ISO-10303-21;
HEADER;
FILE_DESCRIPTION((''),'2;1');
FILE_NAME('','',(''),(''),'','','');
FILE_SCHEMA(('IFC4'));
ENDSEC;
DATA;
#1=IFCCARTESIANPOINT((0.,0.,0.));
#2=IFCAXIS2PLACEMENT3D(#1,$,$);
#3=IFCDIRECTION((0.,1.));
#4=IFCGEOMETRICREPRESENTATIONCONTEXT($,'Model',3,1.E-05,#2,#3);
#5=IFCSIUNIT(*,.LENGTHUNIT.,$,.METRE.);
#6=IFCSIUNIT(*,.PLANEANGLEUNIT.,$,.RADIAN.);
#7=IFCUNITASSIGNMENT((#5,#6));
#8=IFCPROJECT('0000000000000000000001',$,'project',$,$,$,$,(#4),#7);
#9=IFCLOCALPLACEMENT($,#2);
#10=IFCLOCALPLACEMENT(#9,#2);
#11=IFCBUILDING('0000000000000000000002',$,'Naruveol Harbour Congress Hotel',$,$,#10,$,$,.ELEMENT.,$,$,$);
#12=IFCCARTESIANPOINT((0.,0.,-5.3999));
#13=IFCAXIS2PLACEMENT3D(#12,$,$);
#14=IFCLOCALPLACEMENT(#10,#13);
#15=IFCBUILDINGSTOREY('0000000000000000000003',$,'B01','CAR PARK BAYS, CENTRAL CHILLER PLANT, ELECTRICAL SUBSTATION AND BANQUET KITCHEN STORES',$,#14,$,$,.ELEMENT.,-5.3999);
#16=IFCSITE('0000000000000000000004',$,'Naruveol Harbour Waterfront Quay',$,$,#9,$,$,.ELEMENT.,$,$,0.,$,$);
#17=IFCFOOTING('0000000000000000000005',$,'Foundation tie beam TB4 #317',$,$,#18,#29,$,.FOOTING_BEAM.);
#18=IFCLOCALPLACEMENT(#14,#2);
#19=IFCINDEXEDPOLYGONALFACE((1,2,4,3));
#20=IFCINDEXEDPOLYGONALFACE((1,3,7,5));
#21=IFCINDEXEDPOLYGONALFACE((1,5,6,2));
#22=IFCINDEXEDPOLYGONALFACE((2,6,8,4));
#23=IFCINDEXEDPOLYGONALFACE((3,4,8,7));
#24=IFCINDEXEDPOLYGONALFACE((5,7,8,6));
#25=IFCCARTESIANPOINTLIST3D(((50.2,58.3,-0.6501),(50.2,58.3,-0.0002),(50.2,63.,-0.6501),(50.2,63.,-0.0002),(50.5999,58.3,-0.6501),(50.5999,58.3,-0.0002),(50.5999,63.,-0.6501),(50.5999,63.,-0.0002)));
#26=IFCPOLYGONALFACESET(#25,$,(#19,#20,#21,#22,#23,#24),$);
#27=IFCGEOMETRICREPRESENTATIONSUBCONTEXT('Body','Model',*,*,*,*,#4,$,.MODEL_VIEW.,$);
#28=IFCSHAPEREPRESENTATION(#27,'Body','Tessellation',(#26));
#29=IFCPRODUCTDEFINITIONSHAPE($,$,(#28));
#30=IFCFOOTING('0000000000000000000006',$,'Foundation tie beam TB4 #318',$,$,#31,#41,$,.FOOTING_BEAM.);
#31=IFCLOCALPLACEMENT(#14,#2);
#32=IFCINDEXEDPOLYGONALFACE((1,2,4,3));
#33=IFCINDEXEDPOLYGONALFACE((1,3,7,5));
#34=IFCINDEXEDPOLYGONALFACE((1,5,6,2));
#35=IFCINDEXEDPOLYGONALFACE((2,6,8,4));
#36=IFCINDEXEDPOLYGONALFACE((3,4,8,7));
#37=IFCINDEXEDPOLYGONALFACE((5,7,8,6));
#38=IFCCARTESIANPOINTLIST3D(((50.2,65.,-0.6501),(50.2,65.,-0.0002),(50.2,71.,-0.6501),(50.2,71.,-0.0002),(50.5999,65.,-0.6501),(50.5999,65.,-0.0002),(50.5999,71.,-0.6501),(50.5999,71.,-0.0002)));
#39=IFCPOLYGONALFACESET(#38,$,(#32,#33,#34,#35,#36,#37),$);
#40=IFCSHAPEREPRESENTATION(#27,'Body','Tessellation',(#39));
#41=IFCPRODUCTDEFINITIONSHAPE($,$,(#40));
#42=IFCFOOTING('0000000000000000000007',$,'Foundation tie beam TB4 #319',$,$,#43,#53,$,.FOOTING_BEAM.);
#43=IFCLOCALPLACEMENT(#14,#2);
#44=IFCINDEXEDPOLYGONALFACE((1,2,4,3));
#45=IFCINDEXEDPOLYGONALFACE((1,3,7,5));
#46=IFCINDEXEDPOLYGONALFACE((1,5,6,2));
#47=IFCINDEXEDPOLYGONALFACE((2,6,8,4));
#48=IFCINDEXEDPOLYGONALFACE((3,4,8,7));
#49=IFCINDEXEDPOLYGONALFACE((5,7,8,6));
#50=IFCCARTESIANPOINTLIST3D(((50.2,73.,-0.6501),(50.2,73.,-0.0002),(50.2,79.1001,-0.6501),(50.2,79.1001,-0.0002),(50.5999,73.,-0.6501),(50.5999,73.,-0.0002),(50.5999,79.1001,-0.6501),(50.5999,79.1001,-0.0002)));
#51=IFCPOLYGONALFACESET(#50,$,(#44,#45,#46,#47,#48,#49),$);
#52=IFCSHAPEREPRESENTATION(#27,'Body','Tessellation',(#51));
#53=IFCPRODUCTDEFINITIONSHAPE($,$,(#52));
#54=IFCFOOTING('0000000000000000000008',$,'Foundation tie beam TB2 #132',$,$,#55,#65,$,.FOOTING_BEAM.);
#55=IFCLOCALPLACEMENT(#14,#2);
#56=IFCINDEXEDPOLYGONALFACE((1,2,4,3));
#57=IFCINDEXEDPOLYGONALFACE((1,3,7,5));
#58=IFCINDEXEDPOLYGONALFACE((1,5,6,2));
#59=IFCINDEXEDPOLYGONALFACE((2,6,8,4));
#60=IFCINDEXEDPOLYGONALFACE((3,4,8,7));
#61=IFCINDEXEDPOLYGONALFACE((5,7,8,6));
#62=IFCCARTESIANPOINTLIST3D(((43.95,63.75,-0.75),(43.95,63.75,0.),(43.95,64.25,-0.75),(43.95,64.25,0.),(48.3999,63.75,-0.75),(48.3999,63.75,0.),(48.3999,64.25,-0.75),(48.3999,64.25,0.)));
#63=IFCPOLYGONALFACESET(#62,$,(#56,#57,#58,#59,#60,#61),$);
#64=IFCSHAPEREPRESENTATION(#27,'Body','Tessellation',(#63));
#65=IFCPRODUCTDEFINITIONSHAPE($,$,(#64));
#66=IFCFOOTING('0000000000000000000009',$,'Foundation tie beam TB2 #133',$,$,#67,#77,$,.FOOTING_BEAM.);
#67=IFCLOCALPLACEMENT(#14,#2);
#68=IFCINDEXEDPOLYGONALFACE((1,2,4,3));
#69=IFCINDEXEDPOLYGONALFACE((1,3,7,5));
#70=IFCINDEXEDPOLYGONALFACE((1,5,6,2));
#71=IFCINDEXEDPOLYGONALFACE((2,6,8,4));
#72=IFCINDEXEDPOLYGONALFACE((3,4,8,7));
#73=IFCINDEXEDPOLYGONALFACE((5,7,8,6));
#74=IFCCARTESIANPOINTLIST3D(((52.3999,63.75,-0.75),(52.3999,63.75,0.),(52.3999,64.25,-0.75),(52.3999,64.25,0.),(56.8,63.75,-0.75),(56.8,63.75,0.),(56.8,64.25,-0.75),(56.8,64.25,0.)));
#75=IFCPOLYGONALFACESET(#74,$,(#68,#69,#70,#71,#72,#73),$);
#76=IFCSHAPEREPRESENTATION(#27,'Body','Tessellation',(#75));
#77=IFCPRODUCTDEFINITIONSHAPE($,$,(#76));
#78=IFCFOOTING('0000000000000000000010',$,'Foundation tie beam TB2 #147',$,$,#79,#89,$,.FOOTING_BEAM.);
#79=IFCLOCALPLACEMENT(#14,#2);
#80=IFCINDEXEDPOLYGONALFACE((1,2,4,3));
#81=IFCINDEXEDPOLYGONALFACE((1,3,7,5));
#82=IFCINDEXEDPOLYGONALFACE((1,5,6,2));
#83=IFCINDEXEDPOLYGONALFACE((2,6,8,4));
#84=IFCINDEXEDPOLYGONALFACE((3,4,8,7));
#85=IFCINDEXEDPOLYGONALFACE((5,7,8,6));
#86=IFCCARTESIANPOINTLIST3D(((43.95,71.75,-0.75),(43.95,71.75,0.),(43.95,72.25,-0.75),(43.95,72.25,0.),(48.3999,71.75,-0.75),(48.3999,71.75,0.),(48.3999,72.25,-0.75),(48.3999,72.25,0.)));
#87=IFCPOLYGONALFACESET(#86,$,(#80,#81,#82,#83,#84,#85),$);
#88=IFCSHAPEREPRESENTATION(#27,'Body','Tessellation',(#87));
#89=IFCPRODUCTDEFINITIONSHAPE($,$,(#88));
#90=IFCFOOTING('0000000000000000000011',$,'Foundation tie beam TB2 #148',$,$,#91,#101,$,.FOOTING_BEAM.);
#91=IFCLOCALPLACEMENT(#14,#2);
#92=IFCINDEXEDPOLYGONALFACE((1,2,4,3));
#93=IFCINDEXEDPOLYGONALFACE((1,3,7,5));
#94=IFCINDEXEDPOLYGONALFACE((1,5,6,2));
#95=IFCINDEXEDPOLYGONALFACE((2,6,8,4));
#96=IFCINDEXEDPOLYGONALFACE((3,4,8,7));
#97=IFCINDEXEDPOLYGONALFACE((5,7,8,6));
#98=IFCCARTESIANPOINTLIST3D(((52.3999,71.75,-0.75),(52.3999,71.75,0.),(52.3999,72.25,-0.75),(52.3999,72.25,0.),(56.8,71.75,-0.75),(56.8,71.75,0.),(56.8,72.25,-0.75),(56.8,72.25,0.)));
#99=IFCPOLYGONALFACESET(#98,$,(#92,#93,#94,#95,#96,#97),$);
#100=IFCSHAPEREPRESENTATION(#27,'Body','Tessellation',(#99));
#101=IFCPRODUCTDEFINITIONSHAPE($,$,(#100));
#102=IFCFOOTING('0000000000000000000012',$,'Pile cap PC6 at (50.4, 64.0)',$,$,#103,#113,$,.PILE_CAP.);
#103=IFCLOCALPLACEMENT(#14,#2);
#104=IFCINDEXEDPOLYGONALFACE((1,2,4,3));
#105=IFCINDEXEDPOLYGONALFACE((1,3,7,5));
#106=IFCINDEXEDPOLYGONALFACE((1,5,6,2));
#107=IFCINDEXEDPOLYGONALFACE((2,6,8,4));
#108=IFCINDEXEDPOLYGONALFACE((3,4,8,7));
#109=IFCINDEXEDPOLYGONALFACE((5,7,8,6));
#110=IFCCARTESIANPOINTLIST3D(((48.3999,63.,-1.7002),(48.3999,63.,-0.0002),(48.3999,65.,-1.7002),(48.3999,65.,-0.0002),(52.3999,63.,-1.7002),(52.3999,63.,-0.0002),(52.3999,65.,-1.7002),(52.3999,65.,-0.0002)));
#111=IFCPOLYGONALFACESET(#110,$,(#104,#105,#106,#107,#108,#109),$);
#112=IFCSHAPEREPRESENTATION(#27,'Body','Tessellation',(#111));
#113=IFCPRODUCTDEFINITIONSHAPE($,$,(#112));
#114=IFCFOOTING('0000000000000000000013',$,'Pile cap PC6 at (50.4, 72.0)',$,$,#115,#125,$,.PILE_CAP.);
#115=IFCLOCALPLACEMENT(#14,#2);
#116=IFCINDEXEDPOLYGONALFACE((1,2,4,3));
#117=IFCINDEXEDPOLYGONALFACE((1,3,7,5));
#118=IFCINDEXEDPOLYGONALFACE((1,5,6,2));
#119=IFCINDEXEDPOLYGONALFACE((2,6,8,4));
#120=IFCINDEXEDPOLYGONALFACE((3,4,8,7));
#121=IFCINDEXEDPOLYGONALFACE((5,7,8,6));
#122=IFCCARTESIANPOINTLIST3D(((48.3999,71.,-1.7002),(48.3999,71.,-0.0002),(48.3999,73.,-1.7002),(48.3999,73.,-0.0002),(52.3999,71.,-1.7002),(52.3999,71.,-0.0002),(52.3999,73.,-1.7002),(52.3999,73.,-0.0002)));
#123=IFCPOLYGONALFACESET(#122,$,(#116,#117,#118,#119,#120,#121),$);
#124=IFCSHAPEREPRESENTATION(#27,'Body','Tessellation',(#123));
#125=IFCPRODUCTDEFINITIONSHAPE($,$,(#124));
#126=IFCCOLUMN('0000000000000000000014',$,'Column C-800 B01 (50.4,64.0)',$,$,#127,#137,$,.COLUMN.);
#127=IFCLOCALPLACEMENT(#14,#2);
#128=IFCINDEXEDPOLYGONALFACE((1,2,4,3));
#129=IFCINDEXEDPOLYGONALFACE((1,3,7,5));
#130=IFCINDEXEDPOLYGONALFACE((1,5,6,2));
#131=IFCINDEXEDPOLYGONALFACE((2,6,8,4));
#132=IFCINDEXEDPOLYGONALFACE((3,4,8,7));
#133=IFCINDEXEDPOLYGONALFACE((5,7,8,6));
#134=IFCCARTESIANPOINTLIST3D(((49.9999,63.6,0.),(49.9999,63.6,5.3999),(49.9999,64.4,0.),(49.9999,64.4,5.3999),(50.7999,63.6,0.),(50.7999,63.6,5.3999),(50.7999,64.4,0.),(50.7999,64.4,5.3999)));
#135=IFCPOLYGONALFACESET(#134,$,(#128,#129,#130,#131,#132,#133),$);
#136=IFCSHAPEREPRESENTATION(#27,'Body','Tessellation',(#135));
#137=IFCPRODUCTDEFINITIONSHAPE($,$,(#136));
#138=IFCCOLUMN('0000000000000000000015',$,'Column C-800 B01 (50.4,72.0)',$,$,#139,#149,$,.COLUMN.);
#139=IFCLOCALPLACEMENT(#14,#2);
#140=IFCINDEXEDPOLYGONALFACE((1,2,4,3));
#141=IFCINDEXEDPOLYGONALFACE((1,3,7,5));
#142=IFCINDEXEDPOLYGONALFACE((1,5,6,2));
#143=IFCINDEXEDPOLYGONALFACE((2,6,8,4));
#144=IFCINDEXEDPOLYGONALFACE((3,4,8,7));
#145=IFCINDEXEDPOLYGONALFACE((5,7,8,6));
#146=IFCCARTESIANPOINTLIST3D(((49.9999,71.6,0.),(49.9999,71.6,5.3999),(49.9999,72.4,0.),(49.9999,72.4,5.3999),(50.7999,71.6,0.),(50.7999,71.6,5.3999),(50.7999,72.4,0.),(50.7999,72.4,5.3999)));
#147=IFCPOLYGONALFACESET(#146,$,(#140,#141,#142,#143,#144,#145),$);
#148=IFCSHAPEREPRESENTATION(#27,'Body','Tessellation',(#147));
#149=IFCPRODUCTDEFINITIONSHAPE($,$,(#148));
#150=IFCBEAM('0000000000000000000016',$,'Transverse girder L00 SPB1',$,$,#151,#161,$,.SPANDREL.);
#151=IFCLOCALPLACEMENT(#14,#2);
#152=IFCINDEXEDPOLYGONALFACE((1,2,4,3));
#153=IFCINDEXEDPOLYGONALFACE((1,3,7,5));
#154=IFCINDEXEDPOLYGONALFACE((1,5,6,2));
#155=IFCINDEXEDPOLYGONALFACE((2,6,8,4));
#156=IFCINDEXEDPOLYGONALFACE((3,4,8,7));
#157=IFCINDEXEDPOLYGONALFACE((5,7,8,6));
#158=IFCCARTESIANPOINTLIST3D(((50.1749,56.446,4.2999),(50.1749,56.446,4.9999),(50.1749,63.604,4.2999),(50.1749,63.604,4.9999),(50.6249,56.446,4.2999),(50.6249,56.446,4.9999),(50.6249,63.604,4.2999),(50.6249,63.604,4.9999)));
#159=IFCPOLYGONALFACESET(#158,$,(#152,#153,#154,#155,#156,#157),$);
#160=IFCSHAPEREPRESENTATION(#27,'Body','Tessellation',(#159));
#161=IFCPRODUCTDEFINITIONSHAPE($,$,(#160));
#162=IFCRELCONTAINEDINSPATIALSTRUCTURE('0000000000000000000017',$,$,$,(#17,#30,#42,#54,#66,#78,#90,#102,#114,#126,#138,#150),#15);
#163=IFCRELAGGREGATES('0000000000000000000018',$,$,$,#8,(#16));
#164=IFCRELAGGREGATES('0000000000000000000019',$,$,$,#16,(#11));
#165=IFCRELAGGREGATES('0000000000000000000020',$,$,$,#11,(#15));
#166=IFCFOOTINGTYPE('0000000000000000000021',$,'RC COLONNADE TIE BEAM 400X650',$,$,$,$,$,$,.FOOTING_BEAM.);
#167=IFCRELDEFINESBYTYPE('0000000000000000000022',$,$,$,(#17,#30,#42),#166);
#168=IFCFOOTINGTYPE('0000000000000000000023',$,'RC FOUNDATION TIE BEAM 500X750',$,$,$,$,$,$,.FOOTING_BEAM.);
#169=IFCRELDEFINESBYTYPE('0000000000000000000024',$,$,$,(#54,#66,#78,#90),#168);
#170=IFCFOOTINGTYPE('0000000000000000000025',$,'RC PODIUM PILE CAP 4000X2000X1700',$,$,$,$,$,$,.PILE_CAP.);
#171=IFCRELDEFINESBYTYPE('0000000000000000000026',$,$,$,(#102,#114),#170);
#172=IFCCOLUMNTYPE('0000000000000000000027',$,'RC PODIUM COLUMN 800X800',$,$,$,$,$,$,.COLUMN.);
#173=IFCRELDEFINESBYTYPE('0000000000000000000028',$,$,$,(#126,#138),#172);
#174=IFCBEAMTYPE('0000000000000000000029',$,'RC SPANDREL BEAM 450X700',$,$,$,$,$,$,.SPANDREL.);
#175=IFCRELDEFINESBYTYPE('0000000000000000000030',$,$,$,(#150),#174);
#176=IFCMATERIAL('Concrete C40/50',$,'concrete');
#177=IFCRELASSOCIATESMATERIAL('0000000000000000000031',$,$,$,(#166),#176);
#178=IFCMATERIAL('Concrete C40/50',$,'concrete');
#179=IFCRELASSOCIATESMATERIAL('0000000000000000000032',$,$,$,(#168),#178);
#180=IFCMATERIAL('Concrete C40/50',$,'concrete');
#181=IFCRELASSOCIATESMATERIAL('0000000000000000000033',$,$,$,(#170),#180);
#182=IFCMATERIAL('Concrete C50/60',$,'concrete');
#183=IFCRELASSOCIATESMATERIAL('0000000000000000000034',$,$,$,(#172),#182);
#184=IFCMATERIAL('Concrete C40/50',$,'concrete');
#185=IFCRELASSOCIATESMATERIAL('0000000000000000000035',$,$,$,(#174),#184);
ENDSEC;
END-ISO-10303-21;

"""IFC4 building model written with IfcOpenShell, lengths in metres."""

from ifc_helpers import new_model, si_unit, direction, frame, origin, origin_2d, place, context, subcontext, project, spatial, rectangle, extrude, material, material_profile, profile_set, type_object, element, save


model = new_model("IFC4")

# Units and contexts
model_context = context("Model", 3, precision=1e-05, world=origin(), true_north=direction((0.0, 1.0)))
body_context = subcontext(model_context, "Body", "Model", "MODEL_VIEW")
ifc_project = project(units=[si_unit("LENGTHUNIT", "METRE"), si_unit("PLANEANGLEUNIT", "RADIAN")], contexts=[model_context])

# Site, building, storey
site_placement = place(None, origin())
site = spatial("IfcSite", under=ifc_project, at=site_placement, Name="Naruveol Harbour Waterfront Quay", CompositionType="ELEMENT", RefElevation=0.0)
building_placement = place(site_placement, origin())
building = spatial("IfcBuilding", under=site, at=building_placement, Name="Naruveol Harbour Congress Hotel", CompositionType="ELEMENT")
storey_placement = place(building_placement, frame((0.0, 0.0, -5.3999)))
storey = spatial("IfcBuildingStorey", under=building, at=storey_placement, Name="B01", Description="CAR PARK BAYS, CENTRAL CHILLER PLANT, ELECTRICAL SUBSTATION AND BANQUET KITCHEN STORES", CompositionType="ELEMENT", Elevation=-5.3999)

# Footings
ifc_material_1 = material(Name="Concrete C40/50", Category="concrete")
ifc_material_profile_1 = material_profile(ifc_material_1, rectangle(XDim=0.3999, YDim=0.6499, at=origin_2d()), Name="RCB-400x650")
ifc_profile_set_1 = profile_set([ifc_material_profile_1], Name="Concrete C40/50")
footing_type_1 = type_object("IfcFootingType", Name="RC COLONNADE TIE BEAM 400X650", PredefinedType="FOOTING_BEAM", material=ifc_profile_set_1)
footing_1_placement = place(storey_placement, frame((50.3999, 58.3, -0.3252), z_axis=(0.0, 1.0, 0.0), x_axis=(-1.0, 0.0, 0.0)))
element("IfcFooting", 1, at=footing_1_placement, inside=storey, type_object=footing_type_1, Name="Foundation tie beam TB4 #317", PredefinedType="FOOTING_BEAM", context=body_context, shape_type="SweptSolid", body=[
    extrude(rectangle(XDim=0.3999, YDim=0.6499, at=origin_2d()), origin(), (0.0, 0.0, 1.0), 4.7),
])
footing_2_placement = place(storey_placement, frame((50.3999, 65.0, -0.3252), z_axis=(0.0, 1.0, 0.0), x_axis=(-1.0, 0.0, 0.0)))
element("IfcFooting", 2, at=footing_2_placement, inside=storey, type_object=footing_type_1, Name="Foundation tie beam TB4 #318", PredefinedType="FOOTING_BEAM", context=body_context, shape_type="SweptSolid", body=[
    extrude(rectangle(XDim=0.3999, YDim=0.6499, at=origin_2d()), origin(), (0.0, 0.0, 1.0), 6.0),
])
footing_3_placement = place(storey_placement, frame((50.3999, 73.0, -0.3252), z_axis=(0.0, 1.0, 0.0), x_axis=(-1.0, 0.0, 0.0)))
element("IfcFooting", 3, at=footing_3_placement, inside=storey, type_object=footing_type_1, Name="Foundation tie beam TB4 #319", PredefinedType="FOOTING_BEAM", context=body_context, shape_type="SweptSolid", body=[
    extrude(rectangle(XDim=0.3999, YDim=0.6499, at=origin_2d()), origin(), (0.0, 0.0, 1.0), 6.1001),
])
ifc_material_2 = material(Name="Concrete C40/50", Category="concrete")
ifc_material_profile_2 = material_profile(ifc_material_2, rectangle(XDim=0.5, YDim=0.75, at=origin_2d()), Name="RCB-500x750")
ifc_profile_set_2 = profile_set([ifc_material_profile_2], Name="Concrete C40/50")
footing_type_2 = type_object("IfcFootingType", Name="RC FOUNDATION TIE BEAM 500X750", PredefinedType="FOOTING_BEAM", material=ifc_profile_set_2)
footing_4_placement = place(storey_placement, frame((43.95, 64.0, -0.375), z_axis=(1.0, 0.0, 0.0), x_axis=(0.0, 1.0, 0.0)))
element("IfcFooting", 4, at=footing_4_placement, inside=storey, type_object=footing_type_2, Name="Foundation tie beam TB2 #132", PredefinedType="FOOTING_BEAM", context=body_context, shape_type="SweptSolid", body=[
    extrude(rectangle(XDim=0.5, YDim=0.75, at=origin_2d()), origin(), (0.0, 0.0, 1.0), 4.45),
])
footing_5_placement = place(storey_placement, frame((52.3999, 64.0, -0.375), z_axis=(1.0, 0.0, 0.0), x_axis=(0.0, 1.0, 0.0)))
element("IfcFooting", 5, at=footing_5_placement, inside=storey, type_object=footing_type_2, Name="Foundation tie beam TB2 #133", PredefinedType="FOOTING_BEAM", context=body_context, shape_type="SweptSolid", body=[
    extrude(rectangle(XDim=0.5, YDim=0.75, at=origin_2d()), origin(), (0.0, 0.0, 1.0), 4.4001),
])
footing_6_placement = place(storey_placement, frame((43.95, 72.0, -0.375), z_axis=(1.0, 0.0, 0.0), x_axis=(0.0, 1.0, 0.0)))
element("IfcFooting", 6, at=footing_6_placement, inside=storey, type_object=footing_type_2, Name="Foundation tie beam TB2 #147", PredefinedType="FOOTING_BEAM", context=body_context, shape_type="SweptSolid", body=[
    extrude(rectangle(XDim=0.5, YDim=0.75, at=origin_2d()), origin(), (0.0, 0.0, 1.0), 4.45),
])
footing_7_placement = place(storey_placement, frame((52.3999, 72.0, -0.375), z_axis=(1.0, 0.0, 0.0), x_axis=(0.0, 1.0, 0.0)))
element("IfcFooting", 7, at=footing_7_placement, inside=storey, type_object=footing_type_2, Name="Foundation tie beam TB2 #148", PredefinedType="FOOTING_BEAM", context=body_context, shape_type="SweptSolid", body=[
    extrude(rectangle(XDim=0.5, YDim=0.75, at=origin_2d()), origin(), (0.0, 0.0, 1.0), 4.4001),
])
ifc_material_3 = material(Name="Concrete C40/50", Category="concrete")
footing_type_3 = type_object("IfcFootingType", Name="RC PODIUM PILE CAP 4000X2000X1700", PredefinedType="PILE_CAP", material=ifc_material_3)
for number, where, z_axis, x_axis, name in (
    (8, (50.3999, 64.0, -1.7002), (0.0, 0.0, 1.0), (1.0, 0.0, 0.0), "Pile cap PC6 at (50.4, 64.0)"),
    (9, (50.3999, 72.0, -1.7002), (0.0, 0.0, 1.0), (1.0, 0.0, 0.0), "Pile cap PC6 at (50.4, 72.0)"),
):
    element("IfcFooting", number, at=place(storey_placement, frame(where, z_axis=z_axis, x_axis=x_axis)), inside=storey, type_object=footing_type_3, Name=name, PredefinedType="PILE_CAP", context=body_context, shape_type="SweptSolid", body=[
        extrude(rectangle(XDim=4.0, YDim=2.0, at=origin_2d()), origin(), (0.0, 0.0, 1.0), 1.7),
    ])

# Columns
ifc_material_4 = material(Name="Concrete C50/60", Category="concrete")
ifc_material_profile_3 = material_profile(ifc_material_4, rectangle(XDim=0.8, YDim=0.8, at=origin_2d()), Name="RC-800x800")
ifc_profile_set_3 = profile_set([ifc_material_profile_3], Name="Concrete C50/60")
column_type = type_object("IfcColumnType", Name="RC PODIUM COLUMN 800X800", PredefinedType="COLUMN", material=ifc_profile_set_3)
for number, where, z_axis, x_axis, name in (
    (10, (50.3999, 64.0, 0.0), (0.0, 0.0, 1.0), (1.0, 0.0, 0.0), "Column C-800 B01 (50.4,64.0)"),
    (11, (50.3999, 72.0, 0.0), (0.0, 0.0, 1.0), (1.0, 0.0, 0.0), "Column C-800 B01 (50.4,72.0)"),
):
    element("IfcColumn", number, at=place(storey_placement, frame(where, z_axis=z_axis, x_axis=x_axis)), inside=storey, type_object=column_type, Name=name, PredefinedType="COLUMN", context=body_context, shape_type="SweptSolid", body=[
        extrude(rectangle(XDim=0.8, YDim=0.8, at=origin_2d()), origin(), (0.0, 0.0, 1.0), 5.3999),
    ])

# Beam
ifc_material_5 = material(Name="Concrete C40/50", Category="concrete")
ifc_material_profile_4 = material_profile(ifc_material_5, rectangle(XDim=0.45, YDim=0.7, at=origin_2d()), Name="RCB-450x700")
ifc_profile_set_4 = profile_set([ifc_material_profile_4], Name="Concrete C40/50")
beam_type = type_object("IfcBeamType", Name="RC SPANDREL BEAM 450X700", PredefinedType="SPANDREL", material=ifc_profile_set_4)
beam_placement = place(storey_placement, frame((50.3999, 56.446, 4.6499), z_axis=(0.0, 1.0, 0.0), x_axis=(-1.0, 0.0, 0.0)))
element("IfcBeam", 12, at=beam_placement, inside=storey, type_object=beam_type, Name="Transverse girder L00 SPB1", PredefinedType="SPANDREL", context=body_context, shape_type="SweptSolid", body=[
    extrude(rectangle(XDim=0.45, YDim=0.7, at=origin_2d()), origin(), (0.0, 0.0, 1.0), 7.158),
])

save(model, "model.ifc")
